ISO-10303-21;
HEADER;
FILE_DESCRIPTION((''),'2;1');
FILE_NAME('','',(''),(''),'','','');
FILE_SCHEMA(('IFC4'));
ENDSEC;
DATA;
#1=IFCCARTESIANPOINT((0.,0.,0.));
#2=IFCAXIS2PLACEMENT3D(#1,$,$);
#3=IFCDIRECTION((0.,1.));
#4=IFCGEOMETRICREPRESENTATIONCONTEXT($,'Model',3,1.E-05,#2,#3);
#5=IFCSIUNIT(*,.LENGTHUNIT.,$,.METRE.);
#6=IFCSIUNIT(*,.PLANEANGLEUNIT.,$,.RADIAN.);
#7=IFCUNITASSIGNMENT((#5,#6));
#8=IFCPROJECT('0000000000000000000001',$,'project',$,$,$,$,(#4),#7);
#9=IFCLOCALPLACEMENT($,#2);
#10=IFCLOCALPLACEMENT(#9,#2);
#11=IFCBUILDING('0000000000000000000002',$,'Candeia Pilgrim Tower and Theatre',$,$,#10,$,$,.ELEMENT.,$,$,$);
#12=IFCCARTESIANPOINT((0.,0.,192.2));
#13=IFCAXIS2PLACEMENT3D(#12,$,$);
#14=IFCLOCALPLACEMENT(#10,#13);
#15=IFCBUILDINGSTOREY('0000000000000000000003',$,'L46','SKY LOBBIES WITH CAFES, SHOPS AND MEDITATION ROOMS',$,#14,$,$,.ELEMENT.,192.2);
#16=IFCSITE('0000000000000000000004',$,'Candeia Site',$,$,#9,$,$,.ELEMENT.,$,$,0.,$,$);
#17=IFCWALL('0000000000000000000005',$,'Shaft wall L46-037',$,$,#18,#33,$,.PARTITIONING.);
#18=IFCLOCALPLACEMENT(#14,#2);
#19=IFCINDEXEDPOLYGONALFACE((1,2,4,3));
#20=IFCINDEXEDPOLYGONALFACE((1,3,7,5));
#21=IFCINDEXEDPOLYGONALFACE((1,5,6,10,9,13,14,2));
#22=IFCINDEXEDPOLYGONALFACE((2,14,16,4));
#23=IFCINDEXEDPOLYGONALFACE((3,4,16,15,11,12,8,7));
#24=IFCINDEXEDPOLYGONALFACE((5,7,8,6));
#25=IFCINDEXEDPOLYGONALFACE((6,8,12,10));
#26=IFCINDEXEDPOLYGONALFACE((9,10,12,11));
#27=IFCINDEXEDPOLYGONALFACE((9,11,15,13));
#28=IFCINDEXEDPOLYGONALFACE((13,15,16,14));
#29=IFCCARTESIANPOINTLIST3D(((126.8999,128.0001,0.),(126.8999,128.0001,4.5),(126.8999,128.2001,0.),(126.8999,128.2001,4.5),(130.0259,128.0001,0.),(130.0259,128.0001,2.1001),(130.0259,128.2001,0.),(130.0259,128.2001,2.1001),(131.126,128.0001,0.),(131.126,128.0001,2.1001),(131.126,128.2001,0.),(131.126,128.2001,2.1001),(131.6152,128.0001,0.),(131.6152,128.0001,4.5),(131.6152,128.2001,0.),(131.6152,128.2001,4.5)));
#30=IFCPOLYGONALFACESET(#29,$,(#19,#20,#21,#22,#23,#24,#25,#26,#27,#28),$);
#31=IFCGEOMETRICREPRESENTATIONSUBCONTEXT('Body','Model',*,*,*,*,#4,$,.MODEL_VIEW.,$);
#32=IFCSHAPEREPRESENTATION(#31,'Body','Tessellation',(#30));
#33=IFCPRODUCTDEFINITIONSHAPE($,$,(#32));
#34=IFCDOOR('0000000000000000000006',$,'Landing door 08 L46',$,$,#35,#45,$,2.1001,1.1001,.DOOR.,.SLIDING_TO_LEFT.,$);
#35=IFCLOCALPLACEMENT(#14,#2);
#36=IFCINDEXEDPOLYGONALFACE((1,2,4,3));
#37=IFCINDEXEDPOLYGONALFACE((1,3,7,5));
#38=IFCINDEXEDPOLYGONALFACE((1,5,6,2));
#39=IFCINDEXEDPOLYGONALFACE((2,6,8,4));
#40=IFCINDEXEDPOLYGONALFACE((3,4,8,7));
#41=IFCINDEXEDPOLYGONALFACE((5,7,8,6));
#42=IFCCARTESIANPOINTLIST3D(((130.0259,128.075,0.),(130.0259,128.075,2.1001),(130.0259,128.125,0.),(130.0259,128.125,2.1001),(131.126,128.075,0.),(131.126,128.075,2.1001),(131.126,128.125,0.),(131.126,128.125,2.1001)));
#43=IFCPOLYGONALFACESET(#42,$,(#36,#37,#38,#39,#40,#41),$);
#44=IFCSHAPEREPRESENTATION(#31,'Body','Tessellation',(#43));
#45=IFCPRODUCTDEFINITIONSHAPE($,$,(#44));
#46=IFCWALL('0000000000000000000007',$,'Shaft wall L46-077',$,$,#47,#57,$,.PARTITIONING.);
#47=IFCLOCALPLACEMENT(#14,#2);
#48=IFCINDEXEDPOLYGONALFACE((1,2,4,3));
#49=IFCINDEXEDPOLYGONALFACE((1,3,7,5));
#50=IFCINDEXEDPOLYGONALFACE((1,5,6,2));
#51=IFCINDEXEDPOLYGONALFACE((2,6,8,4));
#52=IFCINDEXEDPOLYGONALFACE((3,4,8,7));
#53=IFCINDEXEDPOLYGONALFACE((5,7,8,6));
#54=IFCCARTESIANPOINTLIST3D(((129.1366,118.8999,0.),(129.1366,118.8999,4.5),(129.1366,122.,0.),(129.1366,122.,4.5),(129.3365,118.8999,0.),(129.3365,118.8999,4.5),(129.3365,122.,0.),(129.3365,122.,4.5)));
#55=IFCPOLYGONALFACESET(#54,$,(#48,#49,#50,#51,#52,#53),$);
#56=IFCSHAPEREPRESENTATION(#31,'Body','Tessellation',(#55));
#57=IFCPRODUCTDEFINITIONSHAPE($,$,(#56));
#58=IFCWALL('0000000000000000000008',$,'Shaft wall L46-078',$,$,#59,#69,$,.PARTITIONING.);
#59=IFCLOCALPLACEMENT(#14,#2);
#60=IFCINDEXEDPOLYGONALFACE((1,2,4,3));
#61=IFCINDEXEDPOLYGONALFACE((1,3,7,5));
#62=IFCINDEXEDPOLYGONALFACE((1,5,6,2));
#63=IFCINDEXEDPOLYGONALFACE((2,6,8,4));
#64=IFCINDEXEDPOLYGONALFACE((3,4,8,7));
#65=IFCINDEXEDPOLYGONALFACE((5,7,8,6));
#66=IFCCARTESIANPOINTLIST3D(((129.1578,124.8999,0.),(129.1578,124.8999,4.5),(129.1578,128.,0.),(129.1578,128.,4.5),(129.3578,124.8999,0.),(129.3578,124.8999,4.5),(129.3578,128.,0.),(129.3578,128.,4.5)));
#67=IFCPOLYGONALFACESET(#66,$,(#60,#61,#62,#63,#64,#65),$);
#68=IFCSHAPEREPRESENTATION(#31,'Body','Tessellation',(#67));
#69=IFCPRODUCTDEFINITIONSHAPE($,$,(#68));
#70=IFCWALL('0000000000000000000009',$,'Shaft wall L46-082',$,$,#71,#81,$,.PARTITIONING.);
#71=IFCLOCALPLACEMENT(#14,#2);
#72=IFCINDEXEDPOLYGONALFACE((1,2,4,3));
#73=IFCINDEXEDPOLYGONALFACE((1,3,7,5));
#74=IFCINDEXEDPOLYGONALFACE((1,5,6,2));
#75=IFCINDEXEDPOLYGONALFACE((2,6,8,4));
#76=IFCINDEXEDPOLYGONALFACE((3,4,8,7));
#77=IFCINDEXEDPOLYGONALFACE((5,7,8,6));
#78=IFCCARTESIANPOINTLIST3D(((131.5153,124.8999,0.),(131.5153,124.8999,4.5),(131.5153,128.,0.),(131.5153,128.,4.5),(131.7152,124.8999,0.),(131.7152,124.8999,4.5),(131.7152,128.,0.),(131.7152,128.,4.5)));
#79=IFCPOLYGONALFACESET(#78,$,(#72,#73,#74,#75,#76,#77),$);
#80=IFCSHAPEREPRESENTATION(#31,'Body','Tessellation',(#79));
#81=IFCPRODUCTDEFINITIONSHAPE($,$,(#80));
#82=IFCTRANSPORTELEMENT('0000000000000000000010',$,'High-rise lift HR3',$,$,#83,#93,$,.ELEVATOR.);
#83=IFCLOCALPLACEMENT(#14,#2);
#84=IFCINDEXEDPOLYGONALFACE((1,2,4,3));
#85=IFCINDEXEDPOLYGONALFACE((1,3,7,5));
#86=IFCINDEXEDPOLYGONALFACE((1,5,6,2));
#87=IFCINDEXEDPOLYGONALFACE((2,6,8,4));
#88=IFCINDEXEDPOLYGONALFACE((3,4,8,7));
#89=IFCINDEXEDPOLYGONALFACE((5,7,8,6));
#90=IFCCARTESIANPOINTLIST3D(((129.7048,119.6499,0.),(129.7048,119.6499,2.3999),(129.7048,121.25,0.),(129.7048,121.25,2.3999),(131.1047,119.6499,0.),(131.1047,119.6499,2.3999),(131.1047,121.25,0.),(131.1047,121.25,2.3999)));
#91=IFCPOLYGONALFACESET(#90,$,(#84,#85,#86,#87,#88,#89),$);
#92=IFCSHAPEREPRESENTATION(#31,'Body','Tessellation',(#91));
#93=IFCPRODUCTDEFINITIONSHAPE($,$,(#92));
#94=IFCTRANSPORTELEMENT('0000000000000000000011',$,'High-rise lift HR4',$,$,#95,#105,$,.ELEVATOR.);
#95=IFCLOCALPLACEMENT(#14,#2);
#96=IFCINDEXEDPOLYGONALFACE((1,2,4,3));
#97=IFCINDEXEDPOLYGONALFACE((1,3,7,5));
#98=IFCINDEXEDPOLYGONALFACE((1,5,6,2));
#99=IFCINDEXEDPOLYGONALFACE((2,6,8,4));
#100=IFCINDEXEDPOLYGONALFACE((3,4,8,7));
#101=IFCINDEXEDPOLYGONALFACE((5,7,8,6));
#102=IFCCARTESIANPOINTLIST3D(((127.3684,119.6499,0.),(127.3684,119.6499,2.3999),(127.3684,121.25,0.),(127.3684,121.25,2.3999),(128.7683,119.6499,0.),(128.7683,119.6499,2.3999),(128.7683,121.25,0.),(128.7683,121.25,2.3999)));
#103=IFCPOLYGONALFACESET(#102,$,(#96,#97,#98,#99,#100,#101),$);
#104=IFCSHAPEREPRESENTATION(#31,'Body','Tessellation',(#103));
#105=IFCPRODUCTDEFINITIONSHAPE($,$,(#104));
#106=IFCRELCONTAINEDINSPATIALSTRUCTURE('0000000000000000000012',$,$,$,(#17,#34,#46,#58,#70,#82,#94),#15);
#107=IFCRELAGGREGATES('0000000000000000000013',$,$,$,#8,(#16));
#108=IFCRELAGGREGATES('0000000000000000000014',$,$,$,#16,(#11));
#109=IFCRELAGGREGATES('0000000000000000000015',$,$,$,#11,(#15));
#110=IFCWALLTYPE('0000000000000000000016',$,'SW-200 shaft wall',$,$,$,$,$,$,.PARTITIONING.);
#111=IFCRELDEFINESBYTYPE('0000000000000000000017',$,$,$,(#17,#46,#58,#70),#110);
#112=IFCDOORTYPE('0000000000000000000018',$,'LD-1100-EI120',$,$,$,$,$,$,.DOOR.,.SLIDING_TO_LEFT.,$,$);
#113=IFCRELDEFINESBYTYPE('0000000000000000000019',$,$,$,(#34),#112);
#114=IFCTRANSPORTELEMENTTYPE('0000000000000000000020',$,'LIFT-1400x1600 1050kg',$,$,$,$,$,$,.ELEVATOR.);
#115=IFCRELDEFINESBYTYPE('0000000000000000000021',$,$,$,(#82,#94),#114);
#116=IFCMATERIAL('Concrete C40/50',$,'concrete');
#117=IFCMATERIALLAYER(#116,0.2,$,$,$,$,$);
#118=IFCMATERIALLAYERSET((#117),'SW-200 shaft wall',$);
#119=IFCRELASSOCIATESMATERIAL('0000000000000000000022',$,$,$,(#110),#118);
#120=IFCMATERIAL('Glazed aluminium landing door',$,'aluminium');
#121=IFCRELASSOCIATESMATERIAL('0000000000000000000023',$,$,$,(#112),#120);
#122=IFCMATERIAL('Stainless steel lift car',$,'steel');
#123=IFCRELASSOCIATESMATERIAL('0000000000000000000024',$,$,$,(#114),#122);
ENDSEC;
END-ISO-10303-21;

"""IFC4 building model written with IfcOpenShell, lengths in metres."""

from ifc_helpers import new_model, si_unit, direction, frame, frame_2d, origin, origin_2d, place, context, subcontext, project, spatial, rectangle, extrude, material, layer, layer_set, type_object, element, fill, save


model = new_model("IFC4")

# Units and contexts
model_context = context("Model", 3, precision=1e-05, world=origin(), true_north=direction((0.0, 1.0)))
body_context = subcontext(model_context, "Body", "Model", "MODEL_VIEW")
ifc_project = project(units=[si_unit("LENGTHUNIT", "METRE"), si_unit("PLANEANGLEUNIT", "RADIAN")], contexts=[model_context])

# Site, building, storey
site_placement = place(None, origin())
site = spatial("IfcSite", under=ifc_project, at=site_placement, Name="Candeia Site", CompositionType="ELEMENT", RefElevation=0.0)
building_placement = place(site_placement, origin())
building = spatial("IfcBuilding", under=site, at=building_placement, Name="Candeia Pilgrim Tower and Theatre", CompositionType="ELEMENT")
storey_placement = place(building_placement, frame((0.0, 0.0, 192.2)))
storey = spatial("IfcBuildingStorey", under=building, at=storey_placement, Name="L46", Description="SKY LOBBIES WITH CAFES, SHOPS AND MEDITATION ROOMS", CompositionType="ELEMENT", Elevation=192.2)

# Shared definitions
ifc_material_1 = material(Name="Concrete C40/50", Category="concrete")
ifc_layer_1 = layer(ifc_material_1, 0.2)
ifc_layer_set_1 = layer_set([ifc_layer_1], Name="SW-200 shaft wall")
wall_type_1 = type_object("IfcWallType", Name="SW-200 shaft wall", PredefinedType="PARTITIONING", material=ifc_layer_set_1)

# Shared definitions
ifc_material_2 = material(Name="Glazed aluminium landing door", Category="aluminium")
door_type_1 = type_object("IfcDoorType", Name="LD-1100-EI120", OperationType="SLIDING_TO_LEFT", PredefinedType="DOOR", material=ifc_material_2)

# Wall, opening, door
wall_1_placement = place(storey_placement, frame((126.8999, 128.1001, 0.0), z_axis=(0.0, 0.0, 1.0), x_axis=(1.0, 0.0, 0.0)))
wall_1 = element("IfcWall", 1, at=wall_1_placement, inside=storey, type_object=wall_type_1, Name="Shaft wall L46-037", PredefinedType="PARTITIONING", context=body_context, shape_type="SweptSolid", body=[
    extrude(rectangle(XDim=4.7153, YDim=0.2, at=frame_2d((2.3577, 0.0))), origin(), (0.0, 0.0, 1.0), 4.5),
])
opening_1_placement = place(wall_1_placement, frame((3.126, 0.0, 0.0)))
opening_1 = element("IfcOpeningElement", 2, at=opening_1_placement, cuts=wall_1, PredefinedType="OPENING", context=body_context, shape_type="SweptSolid", body=[
    extrude(rectangle(XDim=1.1001, YDim=2.1001, at=frame_2d((0.55, 1.05))), frame((0.0, 0.1099, 0.0), z_axis=(0.0, -1.0, 0.0), x_axis=(1.0, 0.0, 0.0)), (0.0, 0.0, 1.0), 0.22),
])
door_1_placement = place(opening_1_placement, origin())
door_1 = element("IfcDoor", 3, at=door_1_placement, inside=storey, type_object=door_type_1, Name="Landing door 08 L46", OperationType="SLIDING_TO_LEFT", OverallHeight=2.1001, OverallWidth=1.1001, PredefinedType="DOOR", context=body_context, shape_type="SweptSolid", body=[
    extrude(rectangle(XDim=1.1001, YDim=2.1001, at=frame_2d((0.55, 1.05))), frame((0.0, 0.0249, 0.0), z_axis=(0.0, -1.0, 0.0), x_axis=(1.0, 0.0, 0.0)), (0.0, 0.0, 1.0), 0.05),
])
fill(opening_1, door_1)

# Walls
for number, where, z_axis, x_axis, name in (
    (4, (129.2366, 118.8999, 0.0), (0.0, 0.0, 1.0), (0.0, 1.0, 0.0), "Shaft wall L46-077"),
    (5, (129.2578, 124.8999, 0.0), (0.0, 0.0, 1.0), (0.0, 1.0, 0.0), "Shaft wall L46-078"),
    (6, (131.6152, 124.8999, 0.0), (0.0, 0.0, 1.0), (0.0, 1.0, 0.0), "Shaft wall L46-082"),
):
    element("IfcWall", number, at=place(storey_placement, frame(where, z_axis=z_axis, x_axis=x_axis)), inside=storey, type_object=wall_type_1, Name=name, PredefinedType="PARTITIONING", context=body_context, shape_type="SweptSolid", body=[
        extrude(rectangle(XDim=3.1001, YDim=0.2, at=frame_2d((1.55, 0.0))), origin(), (0.0, 0.0, 1.0), 4.5),
    ])

# Transport elements
ifc_material_3 = material(Name="Stainless steel lift car", Category="steel")
transport_element_type = type_object("IfcTransportElementType", Name="LIFT-1400x1600 1050kg", PredefinedType="ELEVATOR", material=ifc_material_3)
for number, where, z_axis, x_axis, name in (
    (7, (130.4048, 120.45, 0.0), (0.0, 0.0, 1.0), (1.0, 0.0, 0.0), "High-rise lift HR3"),
    (8, (128.0684, 120.45, 0.0), (0.0, 0.0, 1.0), (1.0, 0.0, 0.0), "High-rise lift HR4"),
):
    element("IfcTransportElement", number, at=place(storey_placement, frame(where, z_axis=z_axis, x_axis=x_axis)), inside=storey, type_object=transport_element_type, Name=name, PredefinedType="ELEVATOR", context=body_context, shape_type="SweptSolid", body=[
        extrude(rectangle(XDim=1.3999, YDim=1.6001, at=origin_2d()), origin(), (0.0, 0.0, 1.0), 2.3999),
    ])

save(model, "model.ifc")
